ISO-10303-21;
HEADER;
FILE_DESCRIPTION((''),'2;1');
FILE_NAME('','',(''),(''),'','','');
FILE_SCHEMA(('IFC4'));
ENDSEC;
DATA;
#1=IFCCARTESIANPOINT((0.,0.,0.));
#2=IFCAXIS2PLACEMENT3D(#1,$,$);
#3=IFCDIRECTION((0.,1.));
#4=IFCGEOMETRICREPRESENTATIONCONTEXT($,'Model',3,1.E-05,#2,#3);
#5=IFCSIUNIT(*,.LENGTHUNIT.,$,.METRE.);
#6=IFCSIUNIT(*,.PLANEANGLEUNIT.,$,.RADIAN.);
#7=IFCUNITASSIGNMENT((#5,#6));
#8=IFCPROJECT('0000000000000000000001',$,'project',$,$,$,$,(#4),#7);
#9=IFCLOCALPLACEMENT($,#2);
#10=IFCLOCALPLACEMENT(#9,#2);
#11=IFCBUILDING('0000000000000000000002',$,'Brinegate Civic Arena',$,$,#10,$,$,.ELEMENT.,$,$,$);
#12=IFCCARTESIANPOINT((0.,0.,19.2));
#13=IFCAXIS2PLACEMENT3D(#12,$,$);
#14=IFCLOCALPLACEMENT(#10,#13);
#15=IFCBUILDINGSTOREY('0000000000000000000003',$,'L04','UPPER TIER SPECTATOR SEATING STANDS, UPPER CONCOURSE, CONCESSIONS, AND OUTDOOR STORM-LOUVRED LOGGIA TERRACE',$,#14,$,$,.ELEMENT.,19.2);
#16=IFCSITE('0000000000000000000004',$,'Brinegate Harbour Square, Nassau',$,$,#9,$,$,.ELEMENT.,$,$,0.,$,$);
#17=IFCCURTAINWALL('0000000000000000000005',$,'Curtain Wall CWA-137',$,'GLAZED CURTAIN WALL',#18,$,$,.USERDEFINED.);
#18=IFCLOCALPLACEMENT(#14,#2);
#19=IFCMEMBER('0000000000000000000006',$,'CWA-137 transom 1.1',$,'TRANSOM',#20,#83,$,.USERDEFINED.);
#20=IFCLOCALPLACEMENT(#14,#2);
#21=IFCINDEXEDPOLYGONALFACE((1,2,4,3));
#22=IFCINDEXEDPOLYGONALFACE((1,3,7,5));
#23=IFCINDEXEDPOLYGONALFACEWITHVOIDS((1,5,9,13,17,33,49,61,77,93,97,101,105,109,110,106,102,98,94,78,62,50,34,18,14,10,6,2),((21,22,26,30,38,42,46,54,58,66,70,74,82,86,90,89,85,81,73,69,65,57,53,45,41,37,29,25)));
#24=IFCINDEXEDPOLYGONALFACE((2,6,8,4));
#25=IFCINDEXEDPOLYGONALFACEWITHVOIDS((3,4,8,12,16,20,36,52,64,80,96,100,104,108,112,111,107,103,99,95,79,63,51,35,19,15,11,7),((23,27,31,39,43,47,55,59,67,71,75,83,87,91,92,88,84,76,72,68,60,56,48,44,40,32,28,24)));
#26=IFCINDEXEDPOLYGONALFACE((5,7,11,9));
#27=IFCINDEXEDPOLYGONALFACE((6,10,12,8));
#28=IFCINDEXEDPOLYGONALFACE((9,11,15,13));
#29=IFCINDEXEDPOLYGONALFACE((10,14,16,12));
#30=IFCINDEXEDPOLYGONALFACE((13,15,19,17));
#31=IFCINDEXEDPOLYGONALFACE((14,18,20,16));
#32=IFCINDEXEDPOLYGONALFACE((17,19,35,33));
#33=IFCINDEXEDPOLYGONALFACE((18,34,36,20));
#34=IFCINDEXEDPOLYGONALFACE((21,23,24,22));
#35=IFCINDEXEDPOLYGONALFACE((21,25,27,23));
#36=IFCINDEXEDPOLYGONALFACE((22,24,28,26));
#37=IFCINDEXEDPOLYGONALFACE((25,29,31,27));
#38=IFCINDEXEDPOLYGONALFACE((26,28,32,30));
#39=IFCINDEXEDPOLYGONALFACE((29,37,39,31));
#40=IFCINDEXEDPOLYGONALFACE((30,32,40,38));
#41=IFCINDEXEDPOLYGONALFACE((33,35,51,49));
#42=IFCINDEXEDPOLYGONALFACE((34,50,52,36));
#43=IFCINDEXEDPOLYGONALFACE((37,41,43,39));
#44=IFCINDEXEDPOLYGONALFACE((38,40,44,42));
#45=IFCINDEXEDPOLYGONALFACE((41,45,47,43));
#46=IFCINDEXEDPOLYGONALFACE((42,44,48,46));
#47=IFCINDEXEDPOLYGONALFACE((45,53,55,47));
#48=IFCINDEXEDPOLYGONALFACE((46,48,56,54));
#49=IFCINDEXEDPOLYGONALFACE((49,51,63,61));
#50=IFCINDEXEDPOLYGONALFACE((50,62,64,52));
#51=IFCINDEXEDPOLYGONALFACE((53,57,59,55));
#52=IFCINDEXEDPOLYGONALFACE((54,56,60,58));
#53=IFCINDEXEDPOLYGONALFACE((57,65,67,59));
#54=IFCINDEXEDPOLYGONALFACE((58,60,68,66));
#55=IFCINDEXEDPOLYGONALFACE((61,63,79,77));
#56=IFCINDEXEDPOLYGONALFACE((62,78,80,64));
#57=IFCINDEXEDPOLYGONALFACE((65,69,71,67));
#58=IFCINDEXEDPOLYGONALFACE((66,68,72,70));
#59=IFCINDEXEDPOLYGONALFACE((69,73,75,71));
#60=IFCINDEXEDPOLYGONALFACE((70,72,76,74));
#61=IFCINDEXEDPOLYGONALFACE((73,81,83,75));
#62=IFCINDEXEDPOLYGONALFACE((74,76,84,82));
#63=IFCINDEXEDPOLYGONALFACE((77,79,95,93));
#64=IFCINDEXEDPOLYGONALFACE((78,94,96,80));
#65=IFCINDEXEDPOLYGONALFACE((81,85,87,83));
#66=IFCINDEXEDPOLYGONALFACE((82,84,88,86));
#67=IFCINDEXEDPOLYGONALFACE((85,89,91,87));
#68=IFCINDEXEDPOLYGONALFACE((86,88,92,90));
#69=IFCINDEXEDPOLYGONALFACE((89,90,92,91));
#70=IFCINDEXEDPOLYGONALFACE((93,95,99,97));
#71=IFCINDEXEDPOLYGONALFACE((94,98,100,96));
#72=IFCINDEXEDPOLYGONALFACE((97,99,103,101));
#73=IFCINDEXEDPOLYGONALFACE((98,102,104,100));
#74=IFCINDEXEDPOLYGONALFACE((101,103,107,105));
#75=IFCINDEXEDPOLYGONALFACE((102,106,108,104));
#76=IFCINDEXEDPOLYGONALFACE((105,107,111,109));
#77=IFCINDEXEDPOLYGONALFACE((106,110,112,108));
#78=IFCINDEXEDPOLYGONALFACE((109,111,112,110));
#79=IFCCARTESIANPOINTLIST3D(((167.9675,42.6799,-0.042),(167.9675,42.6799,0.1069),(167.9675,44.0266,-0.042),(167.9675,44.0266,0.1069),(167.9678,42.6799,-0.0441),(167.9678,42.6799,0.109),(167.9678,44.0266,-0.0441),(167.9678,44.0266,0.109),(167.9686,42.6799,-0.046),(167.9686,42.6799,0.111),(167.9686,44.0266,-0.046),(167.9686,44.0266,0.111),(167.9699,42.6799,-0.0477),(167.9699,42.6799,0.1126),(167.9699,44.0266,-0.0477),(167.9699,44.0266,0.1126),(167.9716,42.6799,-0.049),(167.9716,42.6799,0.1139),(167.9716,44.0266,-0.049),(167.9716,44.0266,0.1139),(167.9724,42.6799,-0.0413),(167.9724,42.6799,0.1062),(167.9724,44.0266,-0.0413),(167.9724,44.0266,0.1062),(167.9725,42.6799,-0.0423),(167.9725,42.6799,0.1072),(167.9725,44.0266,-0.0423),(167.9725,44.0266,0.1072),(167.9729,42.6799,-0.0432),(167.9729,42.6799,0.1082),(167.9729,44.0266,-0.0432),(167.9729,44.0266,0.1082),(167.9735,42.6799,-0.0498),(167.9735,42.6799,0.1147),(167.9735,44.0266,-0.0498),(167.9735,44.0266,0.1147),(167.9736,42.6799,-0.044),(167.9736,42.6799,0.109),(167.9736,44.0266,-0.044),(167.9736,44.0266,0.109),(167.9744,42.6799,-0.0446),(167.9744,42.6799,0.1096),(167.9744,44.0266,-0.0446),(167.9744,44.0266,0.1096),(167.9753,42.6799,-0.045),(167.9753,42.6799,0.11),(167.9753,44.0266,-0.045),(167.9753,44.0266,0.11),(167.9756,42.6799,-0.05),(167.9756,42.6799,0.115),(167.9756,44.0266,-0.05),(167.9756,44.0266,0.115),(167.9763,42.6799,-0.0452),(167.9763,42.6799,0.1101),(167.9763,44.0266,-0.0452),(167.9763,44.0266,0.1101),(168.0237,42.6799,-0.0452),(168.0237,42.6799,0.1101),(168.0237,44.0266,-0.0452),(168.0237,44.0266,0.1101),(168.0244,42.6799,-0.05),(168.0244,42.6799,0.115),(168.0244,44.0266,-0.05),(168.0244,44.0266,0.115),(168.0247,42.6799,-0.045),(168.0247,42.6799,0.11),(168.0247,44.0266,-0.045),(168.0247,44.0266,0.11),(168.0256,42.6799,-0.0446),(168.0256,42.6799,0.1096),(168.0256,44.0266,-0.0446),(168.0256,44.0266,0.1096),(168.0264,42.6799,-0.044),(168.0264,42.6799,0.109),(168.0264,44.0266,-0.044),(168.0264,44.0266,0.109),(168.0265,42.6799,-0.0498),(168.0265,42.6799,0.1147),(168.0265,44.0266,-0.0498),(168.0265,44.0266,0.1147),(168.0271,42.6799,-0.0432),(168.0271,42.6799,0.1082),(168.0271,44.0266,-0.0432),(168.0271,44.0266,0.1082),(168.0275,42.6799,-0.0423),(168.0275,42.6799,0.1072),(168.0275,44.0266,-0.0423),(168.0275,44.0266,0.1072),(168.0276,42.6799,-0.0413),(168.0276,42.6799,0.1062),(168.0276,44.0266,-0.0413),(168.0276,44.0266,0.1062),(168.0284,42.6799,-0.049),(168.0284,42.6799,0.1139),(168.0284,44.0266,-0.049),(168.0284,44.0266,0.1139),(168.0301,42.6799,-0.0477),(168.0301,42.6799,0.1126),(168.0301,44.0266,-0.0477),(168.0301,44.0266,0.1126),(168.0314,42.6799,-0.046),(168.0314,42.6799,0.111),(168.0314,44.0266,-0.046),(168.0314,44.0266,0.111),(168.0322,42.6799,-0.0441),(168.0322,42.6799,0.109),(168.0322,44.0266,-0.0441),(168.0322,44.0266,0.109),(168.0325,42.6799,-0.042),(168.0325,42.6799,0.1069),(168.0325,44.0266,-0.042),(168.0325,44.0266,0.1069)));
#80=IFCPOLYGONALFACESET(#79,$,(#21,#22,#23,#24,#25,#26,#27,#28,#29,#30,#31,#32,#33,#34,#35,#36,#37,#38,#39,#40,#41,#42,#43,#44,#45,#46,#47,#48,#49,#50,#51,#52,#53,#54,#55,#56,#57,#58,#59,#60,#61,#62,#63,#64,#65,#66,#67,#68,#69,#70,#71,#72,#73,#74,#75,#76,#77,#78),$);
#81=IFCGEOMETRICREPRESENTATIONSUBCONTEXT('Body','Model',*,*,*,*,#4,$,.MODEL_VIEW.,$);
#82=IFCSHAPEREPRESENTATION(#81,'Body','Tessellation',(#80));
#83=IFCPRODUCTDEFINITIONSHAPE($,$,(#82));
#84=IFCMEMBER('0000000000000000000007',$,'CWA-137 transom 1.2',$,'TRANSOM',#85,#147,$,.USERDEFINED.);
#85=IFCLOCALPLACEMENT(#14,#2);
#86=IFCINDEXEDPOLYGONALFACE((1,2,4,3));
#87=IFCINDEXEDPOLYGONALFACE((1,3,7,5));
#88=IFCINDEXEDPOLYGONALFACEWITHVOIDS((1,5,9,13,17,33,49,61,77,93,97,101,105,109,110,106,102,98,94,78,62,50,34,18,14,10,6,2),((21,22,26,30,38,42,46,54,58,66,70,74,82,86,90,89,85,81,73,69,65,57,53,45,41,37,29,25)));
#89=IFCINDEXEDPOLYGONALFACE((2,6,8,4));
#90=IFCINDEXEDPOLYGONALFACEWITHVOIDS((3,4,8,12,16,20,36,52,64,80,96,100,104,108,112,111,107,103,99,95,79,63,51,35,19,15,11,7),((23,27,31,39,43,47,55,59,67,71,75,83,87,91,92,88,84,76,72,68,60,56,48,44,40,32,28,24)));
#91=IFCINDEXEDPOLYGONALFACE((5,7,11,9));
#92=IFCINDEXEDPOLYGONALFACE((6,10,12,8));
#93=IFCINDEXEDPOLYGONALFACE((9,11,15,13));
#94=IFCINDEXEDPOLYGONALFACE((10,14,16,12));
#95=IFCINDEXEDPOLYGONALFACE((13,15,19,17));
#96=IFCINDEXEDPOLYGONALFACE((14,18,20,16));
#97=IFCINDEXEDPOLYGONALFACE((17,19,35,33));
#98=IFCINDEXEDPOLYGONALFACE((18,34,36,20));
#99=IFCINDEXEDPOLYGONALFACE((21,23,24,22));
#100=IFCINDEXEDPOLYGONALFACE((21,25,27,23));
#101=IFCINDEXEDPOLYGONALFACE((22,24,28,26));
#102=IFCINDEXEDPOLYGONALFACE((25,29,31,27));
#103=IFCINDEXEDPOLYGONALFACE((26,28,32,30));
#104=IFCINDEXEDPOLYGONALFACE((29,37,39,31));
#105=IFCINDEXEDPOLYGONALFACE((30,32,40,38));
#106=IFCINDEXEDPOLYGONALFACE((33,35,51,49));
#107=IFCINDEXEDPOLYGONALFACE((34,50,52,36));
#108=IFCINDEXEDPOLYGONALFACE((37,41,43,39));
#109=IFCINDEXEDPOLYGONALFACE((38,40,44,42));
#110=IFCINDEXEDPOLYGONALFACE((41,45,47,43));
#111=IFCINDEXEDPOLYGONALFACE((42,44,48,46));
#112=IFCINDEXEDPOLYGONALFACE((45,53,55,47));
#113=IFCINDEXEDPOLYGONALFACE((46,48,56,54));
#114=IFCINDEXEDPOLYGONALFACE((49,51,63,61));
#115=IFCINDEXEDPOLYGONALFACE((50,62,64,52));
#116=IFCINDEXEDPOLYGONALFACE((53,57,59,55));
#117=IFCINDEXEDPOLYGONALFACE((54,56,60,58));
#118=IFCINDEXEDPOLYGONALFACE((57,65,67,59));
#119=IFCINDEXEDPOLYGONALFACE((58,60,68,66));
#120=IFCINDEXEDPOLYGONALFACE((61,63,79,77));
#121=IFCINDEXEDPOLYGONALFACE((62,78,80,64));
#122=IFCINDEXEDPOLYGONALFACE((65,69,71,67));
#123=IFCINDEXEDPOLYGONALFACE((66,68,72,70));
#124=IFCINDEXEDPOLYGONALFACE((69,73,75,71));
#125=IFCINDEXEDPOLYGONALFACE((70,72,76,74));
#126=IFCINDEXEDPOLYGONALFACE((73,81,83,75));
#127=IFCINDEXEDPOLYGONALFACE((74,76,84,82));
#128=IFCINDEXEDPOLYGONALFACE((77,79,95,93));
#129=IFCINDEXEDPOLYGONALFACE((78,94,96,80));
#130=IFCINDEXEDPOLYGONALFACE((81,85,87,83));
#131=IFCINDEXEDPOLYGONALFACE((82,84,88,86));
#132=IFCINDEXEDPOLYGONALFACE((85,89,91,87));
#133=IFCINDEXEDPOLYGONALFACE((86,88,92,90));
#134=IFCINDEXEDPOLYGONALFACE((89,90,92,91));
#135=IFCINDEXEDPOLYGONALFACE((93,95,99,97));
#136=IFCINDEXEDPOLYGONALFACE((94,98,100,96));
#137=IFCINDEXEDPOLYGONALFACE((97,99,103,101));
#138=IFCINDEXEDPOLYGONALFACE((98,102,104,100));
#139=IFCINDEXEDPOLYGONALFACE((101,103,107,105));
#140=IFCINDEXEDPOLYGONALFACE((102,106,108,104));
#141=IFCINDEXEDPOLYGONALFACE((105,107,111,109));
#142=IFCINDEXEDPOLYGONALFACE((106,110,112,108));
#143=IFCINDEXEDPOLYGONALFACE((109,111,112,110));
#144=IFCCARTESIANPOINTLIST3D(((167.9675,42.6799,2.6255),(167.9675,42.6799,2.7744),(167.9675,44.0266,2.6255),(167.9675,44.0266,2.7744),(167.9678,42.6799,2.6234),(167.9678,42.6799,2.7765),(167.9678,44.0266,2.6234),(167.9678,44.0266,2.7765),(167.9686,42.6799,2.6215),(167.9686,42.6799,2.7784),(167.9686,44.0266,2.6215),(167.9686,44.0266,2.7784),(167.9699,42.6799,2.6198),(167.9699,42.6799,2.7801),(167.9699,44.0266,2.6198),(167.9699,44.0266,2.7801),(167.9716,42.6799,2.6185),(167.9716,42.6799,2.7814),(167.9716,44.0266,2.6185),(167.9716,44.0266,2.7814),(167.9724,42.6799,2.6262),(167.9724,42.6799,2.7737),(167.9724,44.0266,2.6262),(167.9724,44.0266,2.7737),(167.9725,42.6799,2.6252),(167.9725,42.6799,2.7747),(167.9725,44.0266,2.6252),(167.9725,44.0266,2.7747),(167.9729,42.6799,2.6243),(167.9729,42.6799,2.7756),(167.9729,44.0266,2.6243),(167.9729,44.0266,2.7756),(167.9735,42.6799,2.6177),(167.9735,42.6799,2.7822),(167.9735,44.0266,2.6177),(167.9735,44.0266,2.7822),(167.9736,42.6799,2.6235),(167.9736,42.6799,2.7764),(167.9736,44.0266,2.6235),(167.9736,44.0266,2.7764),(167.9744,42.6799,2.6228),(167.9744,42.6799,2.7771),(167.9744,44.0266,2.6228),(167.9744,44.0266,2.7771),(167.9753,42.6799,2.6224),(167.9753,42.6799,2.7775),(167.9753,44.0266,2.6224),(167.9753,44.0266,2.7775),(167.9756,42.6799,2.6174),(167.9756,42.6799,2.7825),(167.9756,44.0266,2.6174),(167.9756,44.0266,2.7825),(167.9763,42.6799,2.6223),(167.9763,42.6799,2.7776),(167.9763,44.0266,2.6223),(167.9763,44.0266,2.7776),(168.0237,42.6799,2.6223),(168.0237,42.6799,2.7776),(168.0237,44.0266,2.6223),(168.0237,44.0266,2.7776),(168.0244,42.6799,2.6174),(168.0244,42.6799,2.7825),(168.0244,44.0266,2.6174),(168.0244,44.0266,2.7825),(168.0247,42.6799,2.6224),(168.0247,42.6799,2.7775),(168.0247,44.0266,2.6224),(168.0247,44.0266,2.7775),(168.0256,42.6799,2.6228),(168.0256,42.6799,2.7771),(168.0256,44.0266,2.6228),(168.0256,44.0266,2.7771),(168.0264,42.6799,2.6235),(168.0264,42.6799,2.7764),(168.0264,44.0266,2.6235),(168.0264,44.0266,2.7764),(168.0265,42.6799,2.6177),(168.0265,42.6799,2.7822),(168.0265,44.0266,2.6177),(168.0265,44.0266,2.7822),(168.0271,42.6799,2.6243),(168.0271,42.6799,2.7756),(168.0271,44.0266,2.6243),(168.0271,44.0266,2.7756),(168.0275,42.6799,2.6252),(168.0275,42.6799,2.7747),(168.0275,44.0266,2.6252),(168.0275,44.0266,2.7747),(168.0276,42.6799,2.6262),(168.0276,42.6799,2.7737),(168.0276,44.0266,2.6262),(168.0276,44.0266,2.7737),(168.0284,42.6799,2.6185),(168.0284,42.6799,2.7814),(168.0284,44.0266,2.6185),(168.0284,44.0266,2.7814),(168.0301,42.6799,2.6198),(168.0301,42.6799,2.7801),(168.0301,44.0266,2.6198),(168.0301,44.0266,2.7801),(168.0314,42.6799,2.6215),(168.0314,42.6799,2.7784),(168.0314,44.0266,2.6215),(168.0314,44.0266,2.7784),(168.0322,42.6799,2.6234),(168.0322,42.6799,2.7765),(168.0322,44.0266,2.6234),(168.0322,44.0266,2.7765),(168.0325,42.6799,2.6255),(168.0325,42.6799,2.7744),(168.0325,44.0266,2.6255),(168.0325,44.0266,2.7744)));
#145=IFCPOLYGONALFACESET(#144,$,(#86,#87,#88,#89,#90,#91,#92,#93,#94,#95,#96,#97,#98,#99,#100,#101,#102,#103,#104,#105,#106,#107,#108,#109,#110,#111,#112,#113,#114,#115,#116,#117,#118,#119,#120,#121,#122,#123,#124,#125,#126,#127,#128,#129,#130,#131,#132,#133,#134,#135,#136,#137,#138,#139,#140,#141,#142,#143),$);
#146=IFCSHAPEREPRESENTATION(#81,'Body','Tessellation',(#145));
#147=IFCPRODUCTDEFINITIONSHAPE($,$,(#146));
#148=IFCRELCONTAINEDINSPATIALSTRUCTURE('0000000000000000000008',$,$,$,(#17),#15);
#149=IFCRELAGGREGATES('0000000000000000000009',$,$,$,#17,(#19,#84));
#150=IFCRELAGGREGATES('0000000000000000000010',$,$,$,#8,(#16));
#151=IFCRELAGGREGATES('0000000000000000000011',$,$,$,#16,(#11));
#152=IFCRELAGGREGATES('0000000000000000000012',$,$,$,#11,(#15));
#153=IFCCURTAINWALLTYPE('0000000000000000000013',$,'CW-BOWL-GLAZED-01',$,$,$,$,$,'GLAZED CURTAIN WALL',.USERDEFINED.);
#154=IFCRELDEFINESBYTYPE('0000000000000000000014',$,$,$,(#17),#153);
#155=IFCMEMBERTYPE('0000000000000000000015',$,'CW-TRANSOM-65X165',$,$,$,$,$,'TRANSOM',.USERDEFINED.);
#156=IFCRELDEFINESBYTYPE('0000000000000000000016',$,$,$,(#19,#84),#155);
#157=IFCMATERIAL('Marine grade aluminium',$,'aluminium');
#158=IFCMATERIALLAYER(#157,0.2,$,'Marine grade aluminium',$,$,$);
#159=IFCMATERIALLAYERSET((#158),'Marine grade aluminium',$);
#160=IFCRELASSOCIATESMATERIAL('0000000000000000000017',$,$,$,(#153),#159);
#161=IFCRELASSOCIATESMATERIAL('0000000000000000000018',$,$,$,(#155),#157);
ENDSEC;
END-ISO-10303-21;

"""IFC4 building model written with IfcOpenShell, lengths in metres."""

from ifc_helpers import new_model, si_unit, direction, frame, origin, origin_2d, place, context, subcontext, project, spatial, hollow_rectangle, extrude, material, layer, layer_set, material_profile, profile_set, type_object, element, aggregate, save


model = new_model("IFC4")

# Units and contexts
model_context = context("Model", 3, precision=1e-05, world=origin(), true_north=direction((0.0, 1.0)))
body_context = subcontext(model_context, "Body", "Model", "MODEL_VIEW")
ifc_project = project(units=[si_unit("LENGTHUNIT", "METRE"), si_unit("PLANEANGLEUNIT", "RADIAN")], contexts=[model_context])

# Site, building, storey
site_placement = place(None, origin())
site = spatial("IfcSite", under=ifc_project, at=site_placement, Name="Brinegate Harbour Square, Nassau", CompositionType="ELEMENT", RefElevation=0.0)
building_placement = place(site_placement, origin())
building = spatial("IfcBuilding", under=site, at=building_placement, Name="Brinegate Civic Arena", CompositionType="ELEMENT")
storey_placement = place(building_placement, frame((0.0, 0.0, 19.2)))
storey = spatial("IfcBuildingStorey", under=building, at=storey_placement, Name="L04", Description="UPPER TIER SPECTATOR SEATING STANDS, UPPER CONCOURSE, CONCESSIONS, AND OUTDOOR STORM-LOUVRED LOGGIA TERRACE", CompositionType="ELEMENT", Elevation=19.2)

# Curtain wall, members
ifc_material_1 = material(Name="Marine grade aluminium", Category="aluminium")
ifc_layer_1 = layer(ifc_material_1, 0.2, Name="Marine grade aluminium")
ifc_layer_set_1 = layer_set([ifc_layer_1], Name="Marine grade aluminium")
curtain_wall_type = type_object("IfcCurtainWallType", Name="CW-BOWL-GLAZED-01", ElementType="GLAZED CURTAIN WALL", PredefinedType="USERDEFINED", material=ifc_layer_set_1)
curtain_wall_placement = place(storey_placement, origin())
curtain_wall = element("IfcCurtainWall", 1, at=curtain_wall_placement, inside=storey, type_object=curtain_wall_type, Name="Curtain Wall CWA-137", ObjectType="GLAZED CURTAIN WALL", PredefinedType="USERDEFINED")
ifc_material_profile_1 = material_profile(ifc_material_1, hollow_rectangle(XDim=0.0649, YDim=0.165, WallThickness=0.0049, InnerFilletRadius=0.0039, OuterFilletRadius=0.0081, at=origin_2d()), Name="TRN65X165")
ifc_profile_set_1 = profile_set([ifc_material_profile_1], Name="Marine grade aluminium")
member_type_1 = type_object("IfcMemberType", Name="CW-TRANSOM-65X165", ElementType="TRANSOM", PredefinedType="USERDEFINED", material=ifc_profile_set_1)
member_1_placement = place(storey_placement, frame((168.0, 42.6799, 0.0325), z_axis=(0.0, 1.0, 0.0), x_axis=(-1.0, 0.0, 0.0)))
member_1 = element("IfcMember", 2, at=member_1_placement, type_object=member_type_1, Name="CWA-137 transom 1.1", ObjectType="TRANSOM", PredefinedType="USERDEFINED", context=body_context, shape_type="SweptSolid", body=[
    extrude(hollow_rectangle(XDim=0.0649, YDim=0.165, WallThickness=0.0049, InnerFilletRadius=0.0039, OuterFilletRadius=0.0081, at=origin_2d()), origin(), (0.0, 0.0, 1.0), 1.3467),
])
member_2_placement = place(storey_placement, frame((168.0, 42.6799, 2.7), z_axis=(0.0, 1.0, 0.0), x_axis=(-1.0, 0.0, 0.0)))
member_2 = element("IfcMember", 3, at=member_2_placement, type_object=member_type_1, Name="CWA-137 transom 1.2", ObjectType="TRANSOM", PredefinedType="USERDEFINED", context=body_context, shape_type="SweptSolid", body=[
    extrude(hollow_rectangle(XDim=0.0649, YDim=0.165, WallThickness=0.0049, InnerFilletRadius=0.0039, OuterFilletRadius=0.0081, at=origin_2d()), origin(), (0.0, 0.0, 1.0), 1.3467),
])
aggregate(curtain_wall, [member_1, member_2])

save(model, "model.ifc")
